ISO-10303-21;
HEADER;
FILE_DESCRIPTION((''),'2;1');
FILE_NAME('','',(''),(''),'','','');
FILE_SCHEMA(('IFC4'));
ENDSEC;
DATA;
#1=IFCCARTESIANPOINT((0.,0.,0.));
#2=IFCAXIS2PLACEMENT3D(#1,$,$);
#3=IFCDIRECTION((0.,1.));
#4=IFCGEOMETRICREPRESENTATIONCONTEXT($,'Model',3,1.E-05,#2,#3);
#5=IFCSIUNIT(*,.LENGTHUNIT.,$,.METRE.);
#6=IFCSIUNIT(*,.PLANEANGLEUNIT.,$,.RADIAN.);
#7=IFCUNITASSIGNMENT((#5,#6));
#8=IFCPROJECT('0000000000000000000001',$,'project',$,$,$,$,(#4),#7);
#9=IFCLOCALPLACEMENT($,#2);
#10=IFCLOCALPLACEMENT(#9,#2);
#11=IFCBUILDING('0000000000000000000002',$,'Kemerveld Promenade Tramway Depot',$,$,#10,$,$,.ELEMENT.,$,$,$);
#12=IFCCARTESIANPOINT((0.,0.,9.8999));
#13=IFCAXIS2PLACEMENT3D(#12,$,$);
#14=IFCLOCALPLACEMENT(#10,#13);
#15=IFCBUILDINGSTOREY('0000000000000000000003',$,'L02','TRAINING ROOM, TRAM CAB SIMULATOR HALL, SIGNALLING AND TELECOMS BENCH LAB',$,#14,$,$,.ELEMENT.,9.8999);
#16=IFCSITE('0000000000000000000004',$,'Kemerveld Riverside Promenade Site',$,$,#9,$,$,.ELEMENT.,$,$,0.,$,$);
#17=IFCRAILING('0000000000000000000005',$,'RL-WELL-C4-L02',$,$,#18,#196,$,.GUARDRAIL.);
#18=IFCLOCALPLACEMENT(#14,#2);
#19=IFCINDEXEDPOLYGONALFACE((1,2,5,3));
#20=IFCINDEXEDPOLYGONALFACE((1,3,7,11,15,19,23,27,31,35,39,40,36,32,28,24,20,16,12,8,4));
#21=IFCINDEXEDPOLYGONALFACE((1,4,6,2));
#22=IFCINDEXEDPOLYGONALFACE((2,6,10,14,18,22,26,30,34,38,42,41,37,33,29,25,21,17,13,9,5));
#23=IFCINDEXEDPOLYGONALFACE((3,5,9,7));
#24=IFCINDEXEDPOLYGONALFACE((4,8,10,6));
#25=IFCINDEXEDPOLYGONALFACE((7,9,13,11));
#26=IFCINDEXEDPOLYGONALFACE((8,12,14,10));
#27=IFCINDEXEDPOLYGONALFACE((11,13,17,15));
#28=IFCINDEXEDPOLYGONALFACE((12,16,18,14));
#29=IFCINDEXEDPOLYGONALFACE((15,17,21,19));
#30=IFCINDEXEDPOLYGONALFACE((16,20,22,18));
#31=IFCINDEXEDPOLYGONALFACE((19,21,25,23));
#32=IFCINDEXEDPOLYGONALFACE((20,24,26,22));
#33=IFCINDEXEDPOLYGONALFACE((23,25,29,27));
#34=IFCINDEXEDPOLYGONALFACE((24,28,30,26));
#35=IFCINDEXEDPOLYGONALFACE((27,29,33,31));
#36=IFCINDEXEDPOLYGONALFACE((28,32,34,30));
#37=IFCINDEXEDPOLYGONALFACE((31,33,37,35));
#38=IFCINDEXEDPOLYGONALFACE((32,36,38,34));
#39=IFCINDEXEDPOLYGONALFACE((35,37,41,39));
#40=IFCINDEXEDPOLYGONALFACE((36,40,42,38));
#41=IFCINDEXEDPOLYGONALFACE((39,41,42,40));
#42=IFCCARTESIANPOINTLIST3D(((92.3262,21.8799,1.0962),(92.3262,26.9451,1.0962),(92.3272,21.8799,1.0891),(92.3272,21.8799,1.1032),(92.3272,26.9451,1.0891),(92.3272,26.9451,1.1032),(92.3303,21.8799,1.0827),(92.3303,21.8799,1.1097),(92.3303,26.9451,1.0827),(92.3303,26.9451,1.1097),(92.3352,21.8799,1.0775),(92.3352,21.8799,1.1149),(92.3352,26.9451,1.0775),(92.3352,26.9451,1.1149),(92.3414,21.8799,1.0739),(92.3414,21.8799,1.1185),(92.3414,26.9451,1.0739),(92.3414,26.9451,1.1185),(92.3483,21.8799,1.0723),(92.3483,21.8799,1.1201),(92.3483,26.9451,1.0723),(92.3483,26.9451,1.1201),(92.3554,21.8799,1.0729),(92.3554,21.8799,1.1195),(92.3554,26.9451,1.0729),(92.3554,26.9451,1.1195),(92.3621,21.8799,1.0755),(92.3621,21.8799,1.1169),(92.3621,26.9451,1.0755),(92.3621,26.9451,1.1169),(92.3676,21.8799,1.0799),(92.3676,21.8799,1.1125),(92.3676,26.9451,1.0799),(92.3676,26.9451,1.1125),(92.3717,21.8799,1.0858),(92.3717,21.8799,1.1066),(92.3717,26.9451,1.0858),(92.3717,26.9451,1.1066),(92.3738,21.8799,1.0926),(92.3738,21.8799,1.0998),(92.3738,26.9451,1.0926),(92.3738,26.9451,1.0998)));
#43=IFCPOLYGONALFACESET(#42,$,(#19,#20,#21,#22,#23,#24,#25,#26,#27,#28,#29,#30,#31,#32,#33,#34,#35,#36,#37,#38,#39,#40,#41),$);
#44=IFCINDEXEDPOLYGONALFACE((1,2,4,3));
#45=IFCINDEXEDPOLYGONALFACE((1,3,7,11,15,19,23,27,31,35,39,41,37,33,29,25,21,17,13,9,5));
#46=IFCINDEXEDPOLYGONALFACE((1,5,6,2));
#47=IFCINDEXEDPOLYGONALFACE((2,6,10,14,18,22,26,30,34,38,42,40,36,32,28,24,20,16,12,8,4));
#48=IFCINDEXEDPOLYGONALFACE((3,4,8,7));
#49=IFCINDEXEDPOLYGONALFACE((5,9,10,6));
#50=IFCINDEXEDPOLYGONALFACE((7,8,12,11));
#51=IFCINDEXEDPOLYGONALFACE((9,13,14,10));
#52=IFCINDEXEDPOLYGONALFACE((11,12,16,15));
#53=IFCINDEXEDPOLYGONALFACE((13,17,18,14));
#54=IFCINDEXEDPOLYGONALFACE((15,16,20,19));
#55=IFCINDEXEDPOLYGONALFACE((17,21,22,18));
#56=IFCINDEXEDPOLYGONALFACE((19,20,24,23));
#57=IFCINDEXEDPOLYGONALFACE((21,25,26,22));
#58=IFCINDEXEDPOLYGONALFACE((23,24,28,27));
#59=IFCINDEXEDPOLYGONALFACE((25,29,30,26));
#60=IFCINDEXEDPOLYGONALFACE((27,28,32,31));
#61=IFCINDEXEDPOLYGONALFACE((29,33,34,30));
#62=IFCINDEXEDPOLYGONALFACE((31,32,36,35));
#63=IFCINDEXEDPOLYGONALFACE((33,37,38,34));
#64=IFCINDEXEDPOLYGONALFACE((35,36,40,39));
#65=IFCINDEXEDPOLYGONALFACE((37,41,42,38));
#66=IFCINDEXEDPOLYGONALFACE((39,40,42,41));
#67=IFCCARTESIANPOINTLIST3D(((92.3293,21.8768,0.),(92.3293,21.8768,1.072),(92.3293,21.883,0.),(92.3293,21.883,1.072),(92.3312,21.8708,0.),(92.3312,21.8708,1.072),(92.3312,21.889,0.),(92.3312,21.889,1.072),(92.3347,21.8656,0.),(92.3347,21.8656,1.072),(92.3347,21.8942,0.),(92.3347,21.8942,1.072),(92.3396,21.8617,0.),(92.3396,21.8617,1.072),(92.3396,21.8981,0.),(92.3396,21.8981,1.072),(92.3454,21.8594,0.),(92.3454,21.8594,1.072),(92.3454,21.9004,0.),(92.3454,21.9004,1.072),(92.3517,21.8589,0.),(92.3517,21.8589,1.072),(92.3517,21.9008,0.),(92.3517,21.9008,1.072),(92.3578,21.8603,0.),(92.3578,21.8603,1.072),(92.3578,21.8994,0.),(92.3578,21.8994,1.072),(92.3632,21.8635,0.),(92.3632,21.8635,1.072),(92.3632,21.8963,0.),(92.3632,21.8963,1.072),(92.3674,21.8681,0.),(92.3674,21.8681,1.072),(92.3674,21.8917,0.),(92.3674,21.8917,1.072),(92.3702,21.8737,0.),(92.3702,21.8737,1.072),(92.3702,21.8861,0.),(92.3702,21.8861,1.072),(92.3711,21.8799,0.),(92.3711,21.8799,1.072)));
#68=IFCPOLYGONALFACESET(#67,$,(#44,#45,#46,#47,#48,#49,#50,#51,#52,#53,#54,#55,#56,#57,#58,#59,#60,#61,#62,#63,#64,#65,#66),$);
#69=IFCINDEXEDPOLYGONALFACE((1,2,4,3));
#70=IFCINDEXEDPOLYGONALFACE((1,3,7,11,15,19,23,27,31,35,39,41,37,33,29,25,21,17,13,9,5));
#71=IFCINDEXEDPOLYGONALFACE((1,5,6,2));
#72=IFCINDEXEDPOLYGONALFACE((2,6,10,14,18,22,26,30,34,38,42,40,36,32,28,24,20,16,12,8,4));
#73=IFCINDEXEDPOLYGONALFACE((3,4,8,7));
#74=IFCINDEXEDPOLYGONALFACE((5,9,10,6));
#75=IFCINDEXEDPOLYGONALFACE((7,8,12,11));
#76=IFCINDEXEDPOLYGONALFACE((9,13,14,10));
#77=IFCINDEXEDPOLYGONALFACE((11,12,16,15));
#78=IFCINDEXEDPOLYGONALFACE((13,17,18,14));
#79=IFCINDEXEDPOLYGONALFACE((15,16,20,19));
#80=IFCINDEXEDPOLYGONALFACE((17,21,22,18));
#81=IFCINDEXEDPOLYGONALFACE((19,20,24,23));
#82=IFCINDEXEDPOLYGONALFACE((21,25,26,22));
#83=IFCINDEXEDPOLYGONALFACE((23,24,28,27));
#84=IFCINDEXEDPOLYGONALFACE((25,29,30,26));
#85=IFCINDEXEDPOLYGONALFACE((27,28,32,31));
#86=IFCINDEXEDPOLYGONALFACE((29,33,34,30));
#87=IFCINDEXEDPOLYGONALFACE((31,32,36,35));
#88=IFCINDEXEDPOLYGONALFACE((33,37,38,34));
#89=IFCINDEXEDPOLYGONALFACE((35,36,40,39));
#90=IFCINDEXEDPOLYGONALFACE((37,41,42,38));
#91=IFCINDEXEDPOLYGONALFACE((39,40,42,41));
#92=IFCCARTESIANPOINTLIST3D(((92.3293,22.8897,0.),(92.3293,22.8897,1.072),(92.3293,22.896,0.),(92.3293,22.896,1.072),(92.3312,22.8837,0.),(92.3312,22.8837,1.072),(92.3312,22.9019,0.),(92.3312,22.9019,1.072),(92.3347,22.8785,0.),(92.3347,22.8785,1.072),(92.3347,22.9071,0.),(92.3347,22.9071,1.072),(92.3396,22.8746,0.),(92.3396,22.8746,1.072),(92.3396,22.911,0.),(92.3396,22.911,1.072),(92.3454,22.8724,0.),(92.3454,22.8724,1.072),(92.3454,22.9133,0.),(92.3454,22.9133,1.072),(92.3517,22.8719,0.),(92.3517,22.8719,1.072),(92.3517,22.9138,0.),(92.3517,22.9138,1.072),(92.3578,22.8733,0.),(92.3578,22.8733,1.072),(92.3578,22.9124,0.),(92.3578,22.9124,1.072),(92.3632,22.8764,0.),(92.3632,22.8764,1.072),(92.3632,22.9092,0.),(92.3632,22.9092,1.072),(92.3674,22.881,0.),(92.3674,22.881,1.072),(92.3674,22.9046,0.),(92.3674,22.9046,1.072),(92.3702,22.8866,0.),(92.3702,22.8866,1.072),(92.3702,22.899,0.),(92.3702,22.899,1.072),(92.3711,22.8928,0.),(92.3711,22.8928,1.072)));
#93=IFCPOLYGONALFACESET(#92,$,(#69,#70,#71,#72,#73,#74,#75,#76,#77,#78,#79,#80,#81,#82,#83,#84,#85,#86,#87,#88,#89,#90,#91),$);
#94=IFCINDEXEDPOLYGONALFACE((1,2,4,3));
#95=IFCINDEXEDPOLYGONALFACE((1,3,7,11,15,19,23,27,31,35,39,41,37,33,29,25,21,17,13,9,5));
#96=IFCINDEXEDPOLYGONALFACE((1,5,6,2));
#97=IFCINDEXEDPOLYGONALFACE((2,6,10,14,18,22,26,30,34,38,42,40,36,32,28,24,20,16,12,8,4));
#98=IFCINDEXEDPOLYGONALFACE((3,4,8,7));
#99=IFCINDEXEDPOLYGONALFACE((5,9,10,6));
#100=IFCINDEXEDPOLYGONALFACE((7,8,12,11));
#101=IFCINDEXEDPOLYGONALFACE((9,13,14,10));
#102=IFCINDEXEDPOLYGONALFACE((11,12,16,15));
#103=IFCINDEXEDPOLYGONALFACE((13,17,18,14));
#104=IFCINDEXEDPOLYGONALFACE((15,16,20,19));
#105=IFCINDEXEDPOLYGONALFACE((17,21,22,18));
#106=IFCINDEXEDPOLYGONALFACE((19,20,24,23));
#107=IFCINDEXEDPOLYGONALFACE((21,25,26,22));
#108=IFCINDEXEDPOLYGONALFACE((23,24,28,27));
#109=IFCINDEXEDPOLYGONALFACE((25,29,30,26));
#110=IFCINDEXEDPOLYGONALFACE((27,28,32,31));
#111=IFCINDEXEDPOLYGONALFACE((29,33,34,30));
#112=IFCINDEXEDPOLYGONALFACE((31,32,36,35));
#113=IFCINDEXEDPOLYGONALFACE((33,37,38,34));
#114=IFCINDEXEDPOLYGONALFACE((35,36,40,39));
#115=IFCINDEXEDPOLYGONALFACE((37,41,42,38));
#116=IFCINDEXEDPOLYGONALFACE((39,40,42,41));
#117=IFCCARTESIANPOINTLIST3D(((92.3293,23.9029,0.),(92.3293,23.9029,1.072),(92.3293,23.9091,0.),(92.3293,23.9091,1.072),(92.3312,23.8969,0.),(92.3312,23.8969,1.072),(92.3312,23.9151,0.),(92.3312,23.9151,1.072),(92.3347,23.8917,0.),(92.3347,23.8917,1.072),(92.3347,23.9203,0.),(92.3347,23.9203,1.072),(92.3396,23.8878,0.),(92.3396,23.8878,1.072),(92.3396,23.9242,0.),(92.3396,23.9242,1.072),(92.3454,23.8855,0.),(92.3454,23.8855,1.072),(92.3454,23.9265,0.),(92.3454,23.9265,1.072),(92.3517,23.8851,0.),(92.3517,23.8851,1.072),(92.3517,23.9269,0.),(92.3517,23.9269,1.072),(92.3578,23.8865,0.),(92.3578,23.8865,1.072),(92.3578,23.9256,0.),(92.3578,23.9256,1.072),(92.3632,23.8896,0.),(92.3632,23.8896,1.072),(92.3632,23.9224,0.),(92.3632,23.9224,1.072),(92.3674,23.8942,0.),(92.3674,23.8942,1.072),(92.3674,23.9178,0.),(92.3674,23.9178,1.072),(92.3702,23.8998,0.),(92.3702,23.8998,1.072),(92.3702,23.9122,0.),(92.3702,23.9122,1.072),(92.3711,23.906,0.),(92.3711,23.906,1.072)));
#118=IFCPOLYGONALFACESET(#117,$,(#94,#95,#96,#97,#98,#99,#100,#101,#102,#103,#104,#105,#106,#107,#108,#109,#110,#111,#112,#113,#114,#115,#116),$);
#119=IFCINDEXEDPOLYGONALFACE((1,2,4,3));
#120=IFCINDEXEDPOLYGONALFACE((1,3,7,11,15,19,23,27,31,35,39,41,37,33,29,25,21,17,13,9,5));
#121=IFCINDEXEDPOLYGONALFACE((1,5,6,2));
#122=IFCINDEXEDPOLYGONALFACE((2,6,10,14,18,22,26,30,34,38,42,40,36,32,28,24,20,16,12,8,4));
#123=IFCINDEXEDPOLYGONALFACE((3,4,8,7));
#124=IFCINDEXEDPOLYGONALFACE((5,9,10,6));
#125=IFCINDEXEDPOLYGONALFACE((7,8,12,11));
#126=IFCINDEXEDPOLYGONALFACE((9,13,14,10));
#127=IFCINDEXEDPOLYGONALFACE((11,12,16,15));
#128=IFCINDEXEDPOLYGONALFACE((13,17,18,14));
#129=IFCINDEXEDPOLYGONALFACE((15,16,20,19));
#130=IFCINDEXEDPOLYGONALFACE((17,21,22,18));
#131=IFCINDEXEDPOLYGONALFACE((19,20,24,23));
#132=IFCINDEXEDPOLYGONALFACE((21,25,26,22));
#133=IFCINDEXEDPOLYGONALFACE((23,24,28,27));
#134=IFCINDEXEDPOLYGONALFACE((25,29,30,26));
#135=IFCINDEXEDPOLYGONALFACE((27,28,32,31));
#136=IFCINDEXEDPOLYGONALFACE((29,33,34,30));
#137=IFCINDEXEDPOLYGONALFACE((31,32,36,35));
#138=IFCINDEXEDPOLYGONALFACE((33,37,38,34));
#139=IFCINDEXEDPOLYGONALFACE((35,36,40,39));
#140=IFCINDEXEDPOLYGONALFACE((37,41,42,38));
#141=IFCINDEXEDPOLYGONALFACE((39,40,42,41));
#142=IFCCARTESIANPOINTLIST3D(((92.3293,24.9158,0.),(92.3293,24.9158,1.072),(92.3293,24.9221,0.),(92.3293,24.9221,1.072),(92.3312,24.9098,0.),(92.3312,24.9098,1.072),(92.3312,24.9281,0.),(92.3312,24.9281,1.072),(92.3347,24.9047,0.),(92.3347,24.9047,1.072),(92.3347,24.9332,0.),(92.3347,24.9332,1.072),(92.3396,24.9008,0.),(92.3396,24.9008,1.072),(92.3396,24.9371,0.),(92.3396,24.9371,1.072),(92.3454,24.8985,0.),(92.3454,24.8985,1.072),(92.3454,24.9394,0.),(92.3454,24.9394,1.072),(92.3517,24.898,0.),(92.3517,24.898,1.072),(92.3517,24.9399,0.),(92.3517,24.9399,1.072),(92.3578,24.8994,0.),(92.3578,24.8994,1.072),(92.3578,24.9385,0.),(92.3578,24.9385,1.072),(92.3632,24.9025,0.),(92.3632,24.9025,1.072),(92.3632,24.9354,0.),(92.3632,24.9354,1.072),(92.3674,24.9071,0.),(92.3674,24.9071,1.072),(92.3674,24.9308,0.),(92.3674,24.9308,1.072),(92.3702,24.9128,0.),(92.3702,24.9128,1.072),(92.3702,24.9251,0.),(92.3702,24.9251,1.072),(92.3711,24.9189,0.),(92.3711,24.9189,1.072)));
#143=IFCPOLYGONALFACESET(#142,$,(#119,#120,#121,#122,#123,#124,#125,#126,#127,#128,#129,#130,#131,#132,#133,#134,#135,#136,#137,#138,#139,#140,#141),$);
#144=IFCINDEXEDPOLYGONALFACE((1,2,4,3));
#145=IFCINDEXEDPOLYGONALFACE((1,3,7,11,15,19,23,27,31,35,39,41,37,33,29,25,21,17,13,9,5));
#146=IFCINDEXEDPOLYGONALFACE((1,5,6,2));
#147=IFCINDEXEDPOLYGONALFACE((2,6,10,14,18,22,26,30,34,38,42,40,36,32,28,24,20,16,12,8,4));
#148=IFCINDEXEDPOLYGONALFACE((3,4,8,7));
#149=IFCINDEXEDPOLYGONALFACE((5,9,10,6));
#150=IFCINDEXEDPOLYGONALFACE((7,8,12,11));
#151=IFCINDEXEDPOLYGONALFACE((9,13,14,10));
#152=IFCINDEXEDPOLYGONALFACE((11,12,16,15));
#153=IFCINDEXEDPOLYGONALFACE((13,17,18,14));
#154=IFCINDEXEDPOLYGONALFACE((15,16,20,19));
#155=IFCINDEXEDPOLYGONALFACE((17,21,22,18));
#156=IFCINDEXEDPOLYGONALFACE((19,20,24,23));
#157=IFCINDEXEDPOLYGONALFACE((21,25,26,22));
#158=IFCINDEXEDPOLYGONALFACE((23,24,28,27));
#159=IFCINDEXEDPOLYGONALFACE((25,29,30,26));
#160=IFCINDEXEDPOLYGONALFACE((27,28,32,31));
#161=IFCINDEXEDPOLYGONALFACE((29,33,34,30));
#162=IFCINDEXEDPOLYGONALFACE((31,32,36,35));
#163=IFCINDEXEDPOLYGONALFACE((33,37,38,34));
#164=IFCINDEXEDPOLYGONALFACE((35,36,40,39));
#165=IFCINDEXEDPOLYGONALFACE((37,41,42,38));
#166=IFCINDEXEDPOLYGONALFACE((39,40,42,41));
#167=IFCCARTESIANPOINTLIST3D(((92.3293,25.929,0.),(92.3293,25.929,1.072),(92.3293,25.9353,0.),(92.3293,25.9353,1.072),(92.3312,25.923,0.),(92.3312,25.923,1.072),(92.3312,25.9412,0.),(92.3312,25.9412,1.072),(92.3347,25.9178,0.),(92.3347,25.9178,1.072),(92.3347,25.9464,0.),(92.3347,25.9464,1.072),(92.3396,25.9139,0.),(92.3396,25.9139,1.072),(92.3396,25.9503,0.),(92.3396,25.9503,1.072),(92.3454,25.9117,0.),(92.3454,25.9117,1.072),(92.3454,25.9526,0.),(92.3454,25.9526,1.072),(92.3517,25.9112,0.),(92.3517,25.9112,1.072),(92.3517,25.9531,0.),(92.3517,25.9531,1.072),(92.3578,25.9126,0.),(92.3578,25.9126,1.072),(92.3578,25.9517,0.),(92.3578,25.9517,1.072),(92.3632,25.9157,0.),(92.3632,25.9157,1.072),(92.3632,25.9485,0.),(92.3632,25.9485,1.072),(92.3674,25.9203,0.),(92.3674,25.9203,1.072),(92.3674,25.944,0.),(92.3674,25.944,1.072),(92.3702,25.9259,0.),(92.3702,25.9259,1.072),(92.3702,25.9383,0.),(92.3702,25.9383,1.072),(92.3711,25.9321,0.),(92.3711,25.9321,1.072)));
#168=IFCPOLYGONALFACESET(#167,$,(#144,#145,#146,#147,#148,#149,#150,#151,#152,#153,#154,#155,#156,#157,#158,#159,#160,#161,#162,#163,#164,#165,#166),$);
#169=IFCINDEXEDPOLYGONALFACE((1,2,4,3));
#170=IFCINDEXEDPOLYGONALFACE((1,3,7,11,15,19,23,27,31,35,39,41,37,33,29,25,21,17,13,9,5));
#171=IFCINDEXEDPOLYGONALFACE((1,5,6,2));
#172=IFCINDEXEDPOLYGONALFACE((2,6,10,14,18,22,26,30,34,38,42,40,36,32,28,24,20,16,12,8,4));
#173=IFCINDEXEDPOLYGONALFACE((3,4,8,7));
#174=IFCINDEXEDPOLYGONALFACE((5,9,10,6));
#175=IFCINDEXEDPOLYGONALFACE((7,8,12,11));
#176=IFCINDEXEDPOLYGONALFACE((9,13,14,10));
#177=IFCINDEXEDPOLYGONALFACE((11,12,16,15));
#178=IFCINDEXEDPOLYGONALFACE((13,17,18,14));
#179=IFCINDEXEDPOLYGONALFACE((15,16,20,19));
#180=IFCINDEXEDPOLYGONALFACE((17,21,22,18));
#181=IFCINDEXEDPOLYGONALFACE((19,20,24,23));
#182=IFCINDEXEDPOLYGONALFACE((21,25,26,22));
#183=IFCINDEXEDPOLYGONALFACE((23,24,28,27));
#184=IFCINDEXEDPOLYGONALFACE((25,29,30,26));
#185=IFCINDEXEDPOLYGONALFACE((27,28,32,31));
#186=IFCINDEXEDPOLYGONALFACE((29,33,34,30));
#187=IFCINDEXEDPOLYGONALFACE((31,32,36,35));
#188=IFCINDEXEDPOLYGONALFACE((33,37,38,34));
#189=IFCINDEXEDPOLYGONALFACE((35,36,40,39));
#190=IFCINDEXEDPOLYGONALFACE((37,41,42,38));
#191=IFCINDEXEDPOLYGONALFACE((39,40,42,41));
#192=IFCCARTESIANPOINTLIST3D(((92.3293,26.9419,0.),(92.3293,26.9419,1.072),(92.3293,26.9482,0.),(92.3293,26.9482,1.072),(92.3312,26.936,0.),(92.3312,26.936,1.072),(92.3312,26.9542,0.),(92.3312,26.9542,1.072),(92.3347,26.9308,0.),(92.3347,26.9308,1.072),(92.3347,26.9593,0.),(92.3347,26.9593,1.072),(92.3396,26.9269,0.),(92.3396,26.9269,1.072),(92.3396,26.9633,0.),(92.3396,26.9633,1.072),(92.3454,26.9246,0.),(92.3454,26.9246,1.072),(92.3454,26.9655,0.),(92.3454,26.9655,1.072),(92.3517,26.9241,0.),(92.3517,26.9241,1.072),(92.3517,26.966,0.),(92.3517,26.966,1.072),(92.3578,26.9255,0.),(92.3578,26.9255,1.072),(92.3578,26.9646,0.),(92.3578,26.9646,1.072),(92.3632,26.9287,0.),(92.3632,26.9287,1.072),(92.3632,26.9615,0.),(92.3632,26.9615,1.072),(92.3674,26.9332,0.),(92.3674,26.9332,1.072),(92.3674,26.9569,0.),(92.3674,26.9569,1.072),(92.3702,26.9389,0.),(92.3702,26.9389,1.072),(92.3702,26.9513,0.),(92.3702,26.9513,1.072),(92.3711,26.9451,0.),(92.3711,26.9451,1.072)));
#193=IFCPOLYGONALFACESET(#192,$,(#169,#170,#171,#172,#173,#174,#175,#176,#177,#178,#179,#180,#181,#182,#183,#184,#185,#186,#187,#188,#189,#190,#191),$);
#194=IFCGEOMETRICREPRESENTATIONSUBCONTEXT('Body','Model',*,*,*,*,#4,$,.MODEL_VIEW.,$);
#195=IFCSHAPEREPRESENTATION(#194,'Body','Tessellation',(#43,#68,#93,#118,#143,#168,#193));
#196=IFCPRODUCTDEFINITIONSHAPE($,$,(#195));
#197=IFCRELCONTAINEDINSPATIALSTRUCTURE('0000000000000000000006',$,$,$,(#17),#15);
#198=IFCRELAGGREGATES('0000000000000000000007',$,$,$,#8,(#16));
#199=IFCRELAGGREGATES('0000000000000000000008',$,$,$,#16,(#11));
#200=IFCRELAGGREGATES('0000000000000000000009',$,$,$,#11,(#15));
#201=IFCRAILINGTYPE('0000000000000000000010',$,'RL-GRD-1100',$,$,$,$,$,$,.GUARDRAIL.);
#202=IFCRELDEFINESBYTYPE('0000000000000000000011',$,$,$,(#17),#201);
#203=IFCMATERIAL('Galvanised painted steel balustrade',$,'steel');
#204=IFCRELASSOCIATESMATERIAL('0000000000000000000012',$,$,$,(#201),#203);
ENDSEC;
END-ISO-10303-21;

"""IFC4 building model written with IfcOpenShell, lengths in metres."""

from ifc_helpers import new_model, si_unit, direction, frame, origin, origin_2d, place, context, subcontext, project, spatial, circle, extrude, material, type_object, element, save


model = new_model("IFC4")

# Units and contexts
model_context = context("Model", 3, precision=1e-05, world=origin(), true_north=direction((0.0, 1.0)))
body_context = subcontext(model_context, "Body", "Model", "MODEL_VIEW")
ifc_project = project(units=[si_unit("LENGTHUNIT", "METRE"), si_unit("PLANEANGLEUNIT", "RADIAN")], contexts=[model_context])

# Site, building, storey
site_placement = place(None, origin())
site = spatial("IfcSite", under=ifc_project, at=site_placement, Name="Kemerveld Riverside Promenade Site", CompositionType="ELEMENT", RefElevation=0.0)
building_placement = place(site_placement, origin())
building = spatial("IfcBuilding", under=site, at=building_placement, Name="Kemerveld Promenade Tramway Depot", CompositionType="ELEMENT")
storey_placement = place(building_placement, frame((0.0, 0.0, 9.8999)))
storey = spatial("IfcBuildingStorey", under=building, at=storey_placement, Name="L02", Description="TRAINING ROOM, TRAM CAB SIMULATOR HALL, SIGNALLING AND TELECOMS BENCH LAB", CompositionType="ELEMENT", Elevation=9.8999)

# Railing
ifc_material_1 = material(Name="Galvanised painted steel balustrade", Category="steel")
railing_type = type_object("IfcRailingType", Name="RL-GRD-1100", PredefinedType="GUARDRAIL", material=ifc_material_1)
railing_placement = place(storey_placement, frame((92.3501, 21.8799, 0.0)))
element("IfcRailing", 1, at=railing_placement, inside=storey, type_object=railing_type, Name="RL-WELL-C4-L02", PredefinedType="GUARDRAIL", context=body_context, shape_type="SweptSolid", body=[
    extrude(circle(Radius=0.0239, at=origin_2d()), frame((0.0, 0.0, 1.0962), z_axis=(0.0, 1.0, 0.0), x_axis=(-1.0, 0.0, 0.0)), (0.0, 0.0, 1.0), 5.0652),
    extrude(circle(Radius=0.021, at=origin_2d()), origin(), (0.0, 0.0, 1.0), 1.072),
    extrude(circle(Radius=0.021, at=origin_2d()), frame((0.0, 1.0129, 0.0)), (0.0, 0.0, 1.0), 1.072),
    extrude(circle(Radius=0.021, at=origin_2d()), frame((0.0, 2.0261, 0.0)), (0.0, 0.0, 1.0), 1.072),
    extrude(circle(Radius=0.021, at=origin_2d()), frame((0.0, 3.0391, 0.0)), (0.0, 0.0, 1.0), 1.072),
    extrude(circle(Radius=0.021, at=origin_2d()), frame((0.0, 4.0522, 0.0)), (0.0, 0.0, 1.0), 1.072),
    extrude(circle(Radius=0.021, at=origin_2d()), frame((0.0, 5.0652, 0.0)), (0.0, 0.0, 1.0), 1.072),
])

save(model, "model.ifc")
